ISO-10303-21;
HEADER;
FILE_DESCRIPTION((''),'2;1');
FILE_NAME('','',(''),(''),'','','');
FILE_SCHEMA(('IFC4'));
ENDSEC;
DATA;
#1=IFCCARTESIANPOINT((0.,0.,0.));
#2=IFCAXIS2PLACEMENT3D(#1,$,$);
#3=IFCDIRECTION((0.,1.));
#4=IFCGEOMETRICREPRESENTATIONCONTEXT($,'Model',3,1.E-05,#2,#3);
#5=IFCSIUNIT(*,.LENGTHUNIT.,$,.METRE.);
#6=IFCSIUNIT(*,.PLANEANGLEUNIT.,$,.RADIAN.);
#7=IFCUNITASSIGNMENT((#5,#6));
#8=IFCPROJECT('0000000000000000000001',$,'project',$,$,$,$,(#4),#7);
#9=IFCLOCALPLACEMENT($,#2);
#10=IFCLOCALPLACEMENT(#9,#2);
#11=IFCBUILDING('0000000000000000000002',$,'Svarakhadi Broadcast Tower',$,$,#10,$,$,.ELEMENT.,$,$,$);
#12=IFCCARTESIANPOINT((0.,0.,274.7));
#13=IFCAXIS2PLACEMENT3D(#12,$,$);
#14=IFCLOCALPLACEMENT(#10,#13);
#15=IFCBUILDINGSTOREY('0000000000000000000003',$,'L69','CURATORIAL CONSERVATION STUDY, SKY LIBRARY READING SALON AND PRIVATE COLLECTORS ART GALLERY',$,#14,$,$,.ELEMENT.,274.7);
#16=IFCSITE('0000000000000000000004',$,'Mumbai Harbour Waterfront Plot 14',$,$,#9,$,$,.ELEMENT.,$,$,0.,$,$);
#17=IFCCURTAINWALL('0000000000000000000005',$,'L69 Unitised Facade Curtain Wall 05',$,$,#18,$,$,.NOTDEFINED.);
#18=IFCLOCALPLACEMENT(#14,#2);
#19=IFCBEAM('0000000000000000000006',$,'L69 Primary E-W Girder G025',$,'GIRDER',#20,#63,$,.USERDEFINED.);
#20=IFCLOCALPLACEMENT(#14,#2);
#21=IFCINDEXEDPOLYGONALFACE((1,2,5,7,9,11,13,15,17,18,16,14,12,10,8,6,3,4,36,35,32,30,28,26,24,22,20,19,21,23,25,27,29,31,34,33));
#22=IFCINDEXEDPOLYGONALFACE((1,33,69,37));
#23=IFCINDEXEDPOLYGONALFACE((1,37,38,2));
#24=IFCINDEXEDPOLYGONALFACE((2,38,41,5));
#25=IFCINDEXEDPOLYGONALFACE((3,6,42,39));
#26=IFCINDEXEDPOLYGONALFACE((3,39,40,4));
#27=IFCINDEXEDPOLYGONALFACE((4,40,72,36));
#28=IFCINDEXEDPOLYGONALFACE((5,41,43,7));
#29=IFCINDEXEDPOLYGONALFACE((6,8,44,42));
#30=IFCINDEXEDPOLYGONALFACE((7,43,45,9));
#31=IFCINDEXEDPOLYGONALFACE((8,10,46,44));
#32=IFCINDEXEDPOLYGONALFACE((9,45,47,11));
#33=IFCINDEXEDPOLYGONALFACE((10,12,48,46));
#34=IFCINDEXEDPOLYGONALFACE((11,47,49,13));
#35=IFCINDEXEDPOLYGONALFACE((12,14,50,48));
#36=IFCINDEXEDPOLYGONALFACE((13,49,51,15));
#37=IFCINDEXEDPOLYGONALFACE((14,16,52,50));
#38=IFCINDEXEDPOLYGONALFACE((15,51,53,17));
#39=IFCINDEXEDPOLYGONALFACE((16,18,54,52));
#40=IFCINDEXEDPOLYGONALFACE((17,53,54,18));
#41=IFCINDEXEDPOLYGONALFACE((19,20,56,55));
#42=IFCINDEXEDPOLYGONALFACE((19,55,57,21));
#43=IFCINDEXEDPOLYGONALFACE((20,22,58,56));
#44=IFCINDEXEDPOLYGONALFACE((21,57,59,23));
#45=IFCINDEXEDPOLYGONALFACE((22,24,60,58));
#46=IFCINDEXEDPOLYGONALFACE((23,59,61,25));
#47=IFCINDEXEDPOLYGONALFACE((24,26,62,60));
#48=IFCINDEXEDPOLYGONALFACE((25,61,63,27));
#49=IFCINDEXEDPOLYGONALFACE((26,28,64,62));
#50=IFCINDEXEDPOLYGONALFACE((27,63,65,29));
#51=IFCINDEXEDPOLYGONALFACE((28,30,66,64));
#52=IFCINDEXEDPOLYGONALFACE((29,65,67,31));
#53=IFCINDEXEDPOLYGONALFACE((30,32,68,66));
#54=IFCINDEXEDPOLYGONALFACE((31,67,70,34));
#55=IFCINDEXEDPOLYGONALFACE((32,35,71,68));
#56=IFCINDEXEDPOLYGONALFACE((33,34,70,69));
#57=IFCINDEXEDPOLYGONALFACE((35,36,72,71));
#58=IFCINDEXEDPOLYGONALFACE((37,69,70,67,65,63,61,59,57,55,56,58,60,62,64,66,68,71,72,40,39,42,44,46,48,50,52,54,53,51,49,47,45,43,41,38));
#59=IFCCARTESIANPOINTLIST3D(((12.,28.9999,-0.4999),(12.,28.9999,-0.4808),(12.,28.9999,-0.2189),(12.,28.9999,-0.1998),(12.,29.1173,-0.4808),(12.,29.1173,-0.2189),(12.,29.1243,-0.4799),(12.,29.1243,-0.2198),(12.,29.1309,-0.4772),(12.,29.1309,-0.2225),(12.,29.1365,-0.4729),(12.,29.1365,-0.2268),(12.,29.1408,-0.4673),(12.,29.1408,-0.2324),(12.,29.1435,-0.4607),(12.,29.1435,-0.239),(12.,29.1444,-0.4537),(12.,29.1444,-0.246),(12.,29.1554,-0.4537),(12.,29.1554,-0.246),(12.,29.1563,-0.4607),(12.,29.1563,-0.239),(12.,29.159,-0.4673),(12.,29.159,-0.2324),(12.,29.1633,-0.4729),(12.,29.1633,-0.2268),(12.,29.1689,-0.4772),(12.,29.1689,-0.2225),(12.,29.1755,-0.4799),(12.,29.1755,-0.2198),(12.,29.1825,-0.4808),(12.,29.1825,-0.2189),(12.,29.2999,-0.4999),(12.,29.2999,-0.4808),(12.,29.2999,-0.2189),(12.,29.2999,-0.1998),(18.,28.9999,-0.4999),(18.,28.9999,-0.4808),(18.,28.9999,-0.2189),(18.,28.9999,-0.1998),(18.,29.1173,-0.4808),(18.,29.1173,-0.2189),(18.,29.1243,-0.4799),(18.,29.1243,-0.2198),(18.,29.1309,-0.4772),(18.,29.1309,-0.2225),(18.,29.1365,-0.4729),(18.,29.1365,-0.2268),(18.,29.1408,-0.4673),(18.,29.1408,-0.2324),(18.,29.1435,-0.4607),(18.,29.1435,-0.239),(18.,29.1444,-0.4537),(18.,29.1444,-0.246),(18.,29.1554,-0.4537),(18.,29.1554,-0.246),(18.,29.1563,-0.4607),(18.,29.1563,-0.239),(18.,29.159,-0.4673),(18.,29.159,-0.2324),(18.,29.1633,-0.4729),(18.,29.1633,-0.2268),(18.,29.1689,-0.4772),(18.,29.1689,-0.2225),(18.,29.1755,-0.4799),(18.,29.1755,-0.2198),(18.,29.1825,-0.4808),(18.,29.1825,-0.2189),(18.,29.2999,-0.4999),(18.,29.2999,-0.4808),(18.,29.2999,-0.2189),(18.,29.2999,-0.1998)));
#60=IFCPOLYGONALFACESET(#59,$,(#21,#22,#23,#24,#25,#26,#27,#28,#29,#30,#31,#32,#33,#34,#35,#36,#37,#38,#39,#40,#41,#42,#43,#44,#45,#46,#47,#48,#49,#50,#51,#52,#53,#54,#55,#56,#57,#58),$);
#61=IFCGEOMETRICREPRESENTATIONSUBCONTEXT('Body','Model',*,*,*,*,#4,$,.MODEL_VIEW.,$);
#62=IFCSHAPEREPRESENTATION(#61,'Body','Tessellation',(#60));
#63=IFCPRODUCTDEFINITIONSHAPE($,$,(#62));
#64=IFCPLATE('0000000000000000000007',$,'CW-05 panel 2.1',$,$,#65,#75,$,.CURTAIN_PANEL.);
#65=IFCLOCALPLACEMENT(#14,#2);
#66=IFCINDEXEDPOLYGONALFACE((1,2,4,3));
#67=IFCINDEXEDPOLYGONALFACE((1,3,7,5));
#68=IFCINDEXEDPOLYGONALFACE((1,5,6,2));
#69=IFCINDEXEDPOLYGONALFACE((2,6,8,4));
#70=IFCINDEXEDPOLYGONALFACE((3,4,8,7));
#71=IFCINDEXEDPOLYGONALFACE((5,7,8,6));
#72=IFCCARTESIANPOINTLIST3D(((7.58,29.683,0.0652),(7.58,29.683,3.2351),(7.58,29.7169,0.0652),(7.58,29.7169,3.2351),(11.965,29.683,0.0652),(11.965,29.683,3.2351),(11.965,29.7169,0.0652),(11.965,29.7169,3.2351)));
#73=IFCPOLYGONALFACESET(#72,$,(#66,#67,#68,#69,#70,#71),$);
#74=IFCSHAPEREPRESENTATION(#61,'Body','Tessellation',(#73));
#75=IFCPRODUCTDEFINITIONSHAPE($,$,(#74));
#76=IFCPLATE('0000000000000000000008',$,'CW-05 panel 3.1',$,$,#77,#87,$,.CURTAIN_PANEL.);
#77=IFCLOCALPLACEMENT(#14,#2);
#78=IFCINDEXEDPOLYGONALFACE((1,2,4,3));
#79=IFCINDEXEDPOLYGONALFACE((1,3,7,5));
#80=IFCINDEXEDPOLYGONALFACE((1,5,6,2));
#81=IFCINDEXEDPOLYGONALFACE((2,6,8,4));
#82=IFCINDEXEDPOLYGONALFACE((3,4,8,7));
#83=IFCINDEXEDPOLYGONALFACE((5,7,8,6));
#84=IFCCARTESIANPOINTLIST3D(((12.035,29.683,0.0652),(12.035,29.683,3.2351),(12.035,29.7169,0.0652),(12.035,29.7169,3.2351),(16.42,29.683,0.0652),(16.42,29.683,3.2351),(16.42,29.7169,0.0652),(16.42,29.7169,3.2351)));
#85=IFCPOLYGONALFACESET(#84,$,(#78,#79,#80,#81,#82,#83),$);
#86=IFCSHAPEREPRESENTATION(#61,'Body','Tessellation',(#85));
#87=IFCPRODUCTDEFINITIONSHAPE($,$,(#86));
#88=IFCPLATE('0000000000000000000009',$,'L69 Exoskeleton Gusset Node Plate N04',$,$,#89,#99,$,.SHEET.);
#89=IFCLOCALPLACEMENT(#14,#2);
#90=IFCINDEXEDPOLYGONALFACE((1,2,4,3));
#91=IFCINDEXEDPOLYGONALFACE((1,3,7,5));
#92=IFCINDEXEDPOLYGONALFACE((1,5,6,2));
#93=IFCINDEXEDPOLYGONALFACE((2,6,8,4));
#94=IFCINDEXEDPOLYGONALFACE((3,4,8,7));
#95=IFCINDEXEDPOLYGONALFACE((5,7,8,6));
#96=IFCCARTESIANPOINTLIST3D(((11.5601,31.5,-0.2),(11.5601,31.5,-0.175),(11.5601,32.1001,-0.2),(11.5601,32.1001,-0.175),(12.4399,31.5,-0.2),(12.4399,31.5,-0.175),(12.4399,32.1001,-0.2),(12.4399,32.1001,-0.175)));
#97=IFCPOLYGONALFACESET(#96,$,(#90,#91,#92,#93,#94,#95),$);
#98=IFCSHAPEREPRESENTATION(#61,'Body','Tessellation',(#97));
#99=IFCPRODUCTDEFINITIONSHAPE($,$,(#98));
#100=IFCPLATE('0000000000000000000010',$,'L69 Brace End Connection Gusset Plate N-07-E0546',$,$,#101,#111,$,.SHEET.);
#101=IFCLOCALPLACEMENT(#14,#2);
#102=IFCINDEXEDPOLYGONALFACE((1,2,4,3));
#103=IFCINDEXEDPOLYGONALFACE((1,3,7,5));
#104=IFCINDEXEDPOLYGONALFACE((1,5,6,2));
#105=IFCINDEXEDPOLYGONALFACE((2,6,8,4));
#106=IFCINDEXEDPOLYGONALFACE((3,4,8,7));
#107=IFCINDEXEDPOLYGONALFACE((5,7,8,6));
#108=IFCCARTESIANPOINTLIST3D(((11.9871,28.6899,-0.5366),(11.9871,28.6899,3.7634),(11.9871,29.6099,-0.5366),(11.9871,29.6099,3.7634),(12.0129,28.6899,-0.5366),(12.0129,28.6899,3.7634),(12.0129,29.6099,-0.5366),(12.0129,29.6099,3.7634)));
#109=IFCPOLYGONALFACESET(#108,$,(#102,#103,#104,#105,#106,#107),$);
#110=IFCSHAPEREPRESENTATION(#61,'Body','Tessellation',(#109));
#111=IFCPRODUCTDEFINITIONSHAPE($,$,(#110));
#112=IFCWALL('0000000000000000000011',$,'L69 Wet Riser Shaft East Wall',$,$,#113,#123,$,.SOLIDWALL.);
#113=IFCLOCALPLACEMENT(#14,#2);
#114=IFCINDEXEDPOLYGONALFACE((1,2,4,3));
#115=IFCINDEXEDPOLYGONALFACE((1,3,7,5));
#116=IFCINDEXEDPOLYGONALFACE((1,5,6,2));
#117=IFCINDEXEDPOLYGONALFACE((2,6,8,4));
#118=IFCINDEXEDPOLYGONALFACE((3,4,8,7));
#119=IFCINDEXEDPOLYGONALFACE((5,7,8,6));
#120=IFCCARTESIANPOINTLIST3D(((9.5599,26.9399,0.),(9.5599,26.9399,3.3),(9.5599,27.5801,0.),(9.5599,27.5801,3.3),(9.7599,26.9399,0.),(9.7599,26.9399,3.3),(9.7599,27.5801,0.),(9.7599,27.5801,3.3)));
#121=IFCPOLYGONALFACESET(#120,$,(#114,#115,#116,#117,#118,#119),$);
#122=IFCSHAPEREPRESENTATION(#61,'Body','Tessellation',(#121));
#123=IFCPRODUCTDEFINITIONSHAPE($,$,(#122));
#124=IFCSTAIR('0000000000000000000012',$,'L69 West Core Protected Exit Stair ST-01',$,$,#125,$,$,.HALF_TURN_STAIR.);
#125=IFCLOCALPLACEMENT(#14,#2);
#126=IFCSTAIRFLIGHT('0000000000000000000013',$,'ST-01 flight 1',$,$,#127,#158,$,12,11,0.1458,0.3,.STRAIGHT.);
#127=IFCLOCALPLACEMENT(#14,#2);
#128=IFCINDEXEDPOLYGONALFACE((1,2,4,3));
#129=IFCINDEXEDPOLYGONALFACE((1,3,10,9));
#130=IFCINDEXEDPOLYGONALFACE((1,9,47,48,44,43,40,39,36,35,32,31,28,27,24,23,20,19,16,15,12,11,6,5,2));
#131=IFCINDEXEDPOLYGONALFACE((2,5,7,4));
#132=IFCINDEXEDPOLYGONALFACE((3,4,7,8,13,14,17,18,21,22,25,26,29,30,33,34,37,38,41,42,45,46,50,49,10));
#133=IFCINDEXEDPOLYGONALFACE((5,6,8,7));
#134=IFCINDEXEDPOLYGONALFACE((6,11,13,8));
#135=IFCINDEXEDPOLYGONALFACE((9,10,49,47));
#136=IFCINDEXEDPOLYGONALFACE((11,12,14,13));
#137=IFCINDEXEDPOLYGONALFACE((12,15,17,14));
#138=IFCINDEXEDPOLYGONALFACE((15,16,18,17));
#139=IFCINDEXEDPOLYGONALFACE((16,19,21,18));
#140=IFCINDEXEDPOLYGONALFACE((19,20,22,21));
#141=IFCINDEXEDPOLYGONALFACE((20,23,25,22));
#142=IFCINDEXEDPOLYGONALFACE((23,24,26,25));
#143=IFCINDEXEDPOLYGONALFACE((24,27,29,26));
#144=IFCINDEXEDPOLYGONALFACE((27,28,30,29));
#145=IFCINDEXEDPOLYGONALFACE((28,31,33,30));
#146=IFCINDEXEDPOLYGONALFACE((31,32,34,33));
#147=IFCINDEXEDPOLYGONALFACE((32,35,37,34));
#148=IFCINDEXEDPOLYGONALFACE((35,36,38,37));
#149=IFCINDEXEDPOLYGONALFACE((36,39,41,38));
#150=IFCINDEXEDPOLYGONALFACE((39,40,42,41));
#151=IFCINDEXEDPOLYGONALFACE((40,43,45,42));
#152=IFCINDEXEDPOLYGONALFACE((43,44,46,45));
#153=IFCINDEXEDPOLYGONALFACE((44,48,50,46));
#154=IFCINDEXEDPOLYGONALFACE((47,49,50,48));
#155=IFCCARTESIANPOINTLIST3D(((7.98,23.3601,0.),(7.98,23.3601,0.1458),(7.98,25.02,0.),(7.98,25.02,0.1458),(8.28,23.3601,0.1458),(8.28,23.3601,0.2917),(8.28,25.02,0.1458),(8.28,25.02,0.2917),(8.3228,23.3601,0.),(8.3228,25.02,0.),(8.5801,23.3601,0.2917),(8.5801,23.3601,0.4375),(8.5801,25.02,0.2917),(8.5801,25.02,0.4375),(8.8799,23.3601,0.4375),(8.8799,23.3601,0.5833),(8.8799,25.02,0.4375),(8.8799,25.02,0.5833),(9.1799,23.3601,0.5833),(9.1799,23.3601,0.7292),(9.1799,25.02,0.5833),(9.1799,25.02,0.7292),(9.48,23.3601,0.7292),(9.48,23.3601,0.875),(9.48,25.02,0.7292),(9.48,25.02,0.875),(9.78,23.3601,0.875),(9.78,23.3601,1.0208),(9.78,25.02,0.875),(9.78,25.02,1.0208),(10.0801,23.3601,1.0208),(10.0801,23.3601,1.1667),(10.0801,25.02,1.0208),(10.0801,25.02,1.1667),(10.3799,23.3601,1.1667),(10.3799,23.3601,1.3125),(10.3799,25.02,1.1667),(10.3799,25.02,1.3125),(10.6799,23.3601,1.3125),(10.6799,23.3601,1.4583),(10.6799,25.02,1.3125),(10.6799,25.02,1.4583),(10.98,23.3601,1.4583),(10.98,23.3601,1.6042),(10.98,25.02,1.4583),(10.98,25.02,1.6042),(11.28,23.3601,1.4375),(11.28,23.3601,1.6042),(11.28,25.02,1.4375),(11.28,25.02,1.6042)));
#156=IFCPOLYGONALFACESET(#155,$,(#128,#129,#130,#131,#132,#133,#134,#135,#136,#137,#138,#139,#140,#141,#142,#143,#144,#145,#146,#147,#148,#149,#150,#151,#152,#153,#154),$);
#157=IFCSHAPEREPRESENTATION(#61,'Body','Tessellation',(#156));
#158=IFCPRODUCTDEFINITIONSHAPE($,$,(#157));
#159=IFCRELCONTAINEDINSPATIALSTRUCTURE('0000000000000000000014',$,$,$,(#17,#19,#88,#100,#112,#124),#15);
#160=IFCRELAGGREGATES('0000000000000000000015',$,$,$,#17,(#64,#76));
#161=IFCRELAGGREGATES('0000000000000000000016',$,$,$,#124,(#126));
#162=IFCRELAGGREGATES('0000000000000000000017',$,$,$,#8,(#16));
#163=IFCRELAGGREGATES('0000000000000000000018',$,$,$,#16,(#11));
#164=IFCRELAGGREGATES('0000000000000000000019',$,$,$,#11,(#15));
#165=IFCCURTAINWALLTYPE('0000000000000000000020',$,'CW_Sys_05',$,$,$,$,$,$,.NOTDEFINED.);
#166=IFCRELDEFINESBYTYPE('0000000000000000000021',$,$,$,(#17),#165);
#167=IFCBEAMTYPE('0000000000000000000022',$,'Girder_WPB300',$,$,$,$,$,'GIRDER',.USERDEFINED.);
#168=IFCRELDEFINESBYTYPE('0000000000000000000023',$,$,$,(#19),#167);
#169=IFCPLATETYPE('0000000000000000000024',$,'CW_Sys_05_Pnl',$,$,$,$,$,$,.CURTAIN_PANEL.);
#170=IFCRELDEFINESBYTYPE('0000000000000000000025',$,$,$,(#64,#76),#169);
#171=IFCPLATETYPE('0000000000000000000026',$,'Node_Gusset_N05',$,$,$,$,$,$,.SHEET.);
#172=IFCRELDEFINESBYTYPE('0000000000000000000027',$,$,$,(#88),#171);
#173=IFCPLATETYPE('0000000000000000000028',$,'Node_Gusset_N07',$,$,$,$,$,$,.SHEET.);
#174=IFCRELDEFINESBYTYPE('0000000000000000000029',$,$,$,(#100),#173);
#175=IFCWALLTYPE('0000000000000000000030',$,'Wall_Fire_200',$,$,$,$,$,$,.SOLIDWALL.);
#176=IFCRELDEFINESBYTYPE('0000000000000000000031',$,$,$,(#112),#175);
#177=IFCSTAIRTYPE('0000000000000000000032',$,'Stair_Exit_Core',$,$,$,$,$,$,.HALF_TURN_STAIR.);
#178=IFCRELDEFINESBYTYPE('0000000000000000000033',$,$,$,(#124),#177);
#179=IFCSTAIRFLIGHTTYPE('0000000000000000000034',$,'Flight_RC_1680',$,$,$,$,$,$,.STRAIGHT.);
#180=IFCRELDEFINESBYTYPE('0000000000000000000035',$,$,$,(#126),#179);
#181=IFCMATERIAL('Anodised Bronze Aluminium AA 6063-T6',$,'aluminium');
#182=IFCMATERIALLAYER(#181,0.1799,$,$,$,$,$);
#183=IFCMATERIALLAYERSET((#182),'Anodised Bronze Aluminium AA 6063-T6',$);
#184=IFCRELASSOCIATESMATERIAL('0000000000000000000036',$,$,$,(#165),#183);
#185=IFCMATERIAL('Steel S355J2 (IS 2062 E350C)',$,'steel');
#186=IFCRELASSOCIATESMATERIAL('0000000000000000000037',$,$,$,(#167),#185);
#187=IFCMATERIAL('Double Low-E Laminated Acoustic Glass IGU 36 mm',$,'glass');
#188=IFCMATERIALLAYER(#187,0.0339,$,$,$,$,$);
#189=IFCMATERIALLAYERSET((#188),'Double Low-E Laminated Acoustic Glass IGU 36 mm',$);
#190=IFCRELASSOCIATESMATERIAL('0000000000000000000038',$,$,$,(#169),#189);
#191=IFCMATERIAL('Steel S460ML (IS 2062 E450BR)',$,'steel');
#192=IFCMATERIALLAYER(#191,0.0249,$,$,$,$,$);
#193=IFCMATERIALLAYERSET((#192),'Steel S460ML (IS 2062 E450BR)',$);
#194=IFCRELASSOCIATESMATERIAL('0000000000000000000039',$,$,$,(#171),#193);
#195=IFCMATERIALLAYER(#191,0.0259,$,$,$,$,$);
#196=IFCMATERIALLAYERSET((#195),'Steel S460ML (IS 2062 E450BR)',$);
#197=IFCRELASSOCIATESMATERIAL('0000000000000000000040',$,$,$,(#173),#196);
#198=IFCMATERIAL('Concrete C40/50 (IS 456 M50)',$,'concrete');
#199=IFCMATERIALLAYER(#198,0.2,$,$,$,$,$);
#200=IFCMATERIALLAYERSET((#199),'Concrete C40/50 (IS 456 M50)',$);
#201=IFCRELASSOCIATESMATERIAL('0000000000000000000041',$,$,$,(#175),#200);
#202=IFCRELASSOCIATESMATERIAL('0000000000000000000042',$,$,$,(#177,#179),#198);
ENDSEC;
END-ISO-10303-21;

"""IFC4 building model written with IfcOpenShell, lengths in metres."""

from ifc_helpers import new_model, si_unit, direction, frame, frame_2d, origin, origin_2d, place, context, subcontext, project, spatial, polyline, rectangle, i_section, outline, extrude, material, layer, layer_set, material_profile, profile_set, type_object, element, aggregate, save


model = new_model("IFC4")

# Units and contexts
model_context = context("Model", 3, precision=1e-05, world=origin(), true_north=direction((0.0, 1.0)))
body_context = subcontext(model_context, "Body", "Model", "MODEL_VIEW")
ifc_project = project(units=[si_unit("LENGTHUNIT", "METRE"), si_unit("PLANEANGLEUNIT", "RADIAN")], contexts=[model_context])

# Site, building, storey
site_placement = place(None, origin())
site = spatial("IfcSite", under=ifc_project, at=site_placement, Name="Mumbai Harbour Waterfront Plot 14", CompositionType="ELEMENT", RefElevation=0.0)
building_placement = place(site_placement, origin())
building = spatial("IfcBuilding", under=site, at=building_placement, Name="Svarakhadi Broadcast Tower", CompositionType="ELEMENT")
storey_placement = place(building_placement, frame((0.0, 0.0, 274.7)))
storey = spatial("IfcBuildingStorey", under=building, at=storey_placement, Name="L69", Description="CURATORIAL CONSERVATION STUDY, SKY LIBRARY READING SALON AND PRIVATE COLLECTORS ART GALLERY", CompositionType="ELEMENT", Elevation=274.7)

# Shared definitions
ifc_material_1 = material(Name="Steel S460ML (IS 2062 E450BR)", Category="steel")

# Curtain wall
ifc_material_2 = material(Name="Anodised Bronze Aluminium AA 6063-T6", Category="aluminium")
ifc_layer_1 = layer(ifc_material_2, 0.1799)
ifc_layer_set_1 = layer_set([ifc_layer_1], Name="Anodised Bronze Aluminium AA 6063-T6")
curtain_wall_type = type_object("IfcCurtainWallType", Name="CW_Sys_05", PredefinedType="NOTDEFINED", material=ifc_layer_set_1)
curtain_wall_placement = place(storey_placement, origin())
curtain_wall = element("IfcCurtainWall", 1, at=curtain_wall_placement, inside=storey, type_object=curtain_wall_type, Name="L69 Unitised Facade Curtain Wall 05", PredefinedType="NOTDEFINED")

# Beam
ifc_material_3 = material(Name="Steel S355J2 (IS 2062 E350C)", Category="steel")
ifc_material_profile_1 = material_profile(ifc_material_3, i_section(OverallWidth=0.3, OverallDepth=0.3, WebThickness=0.011, FlangeThickness=0.019, FilletRadius=0.0271, at=origin_2d()), Name="WPB 300x300x117")
ifc_profile_set_1 = profile_set([ifc_material_profile_1], Name="Steel S355J2 (IS 2062 E350C)")
beam_type = type_object("IfcBeamType", Name="Girder_WPB300", ElementType="GIRDER", PredefinedType="USERDEFINED", material=ifc_profile_set_1)
beam_placement = place(storey_placement, frame((12.0, 29.1499, -0.3499), z_axis=(1.0, 0.0, 0.0), x_axis=(0.0, 1.0, 0.0)))
element("IfcBeam", 2, at=beam_placement, inside=storey, type_object=beam_type, Name="L69 Primary E-W Girder G025", ObjectType="GIRDER", PredefinedType="USERDEFINED", context=body_context, shape_type="SweptSolid", body=[
    extrude(i_section(OverallWidth=0.3, OverallDepth=0.3, WebThickness=0.011, FlangeThickness=0.019, FilletRadius=0.0271, at=origin_2d()), origin(), (0.0, 0.0, 1.0), 6.0),
])

# Plates
ifc_material_4 = material(Name="Double Low-E Laminated Acoustic Glass IGU 36 mm", Category="glass")
ifc_layer_2 = layer(ifc_material_4, 0.0339)
ifc_layer_set_2 = layer_set([ifc_layer_2], Name="Double Low-E Laminated Acoustic Glass IGU 36 mm")
plate_type_1 = type_object("IfcPlateType", Name="CW_Sys_05_Pnl", PredefinedType="CURTAIN_PANEL", material=ifc_layer_set_2)
plate_1_placement = place(storey_placement, frame((9.7725, 29.7, 0.0652), z_axis=(0.0, 0.0, 1.0), x_axis=(1.0, 0.0, 0.0)))
plate_1 = element("IfcPlate", 3, at=plate_1_placement, type_object=plate_type_1, Name="CW-05 panel 2.1", PredefinedType="CURTAIN_PANEL", context=body_context, shape_type="SweptSolid", body=[
    extrude(rectangle(XDim=4.385, YDim=0.0339, at=origin_2d()), origin(), (0.0, 0.0, 1.0), 3.1699),
])
plate_2_placement = place(storey_placement, frame((14.2275, 29.7, 0.0652), z_axis=(0.0, 0.0, 1.0), x_axis=(1.0, 0.0, 0.0)))
plate_2 = element("IfcPlate", 4, at=plate_2_placement, type_object=plate_type_1, Name="CW-05 panel 3.1", PredefinedType="CURTAIN_PANEL", context=body_context, shape_type="SweptSolid", body=[
    extrude(rectangle(XDim=4.385, YDim=0.0339, at=origin_2d()), origin(), (0.0, 0.0, 1.0), 3.1699),
])
aggregate(curtain_wall, [plate_1, plate_2])

# Plates
ifc_layer_3 = layer(ifc_material_1, 0.0249)
ifc_layer_set_3 = layer_set([ifc_layer_3], Name="Steel S460ML (IS 2062 E450BR)")
plate_type_2 = type_object("IfcPlateType", Name="Node_Gusset_N05", PredefinedType="SHEET", material=ifc_layer_set_3)
plate_3_placement = place(storey_placement, frame((12.0, 31.8, -0.2), z_axis=(0.0, 0.0, 1.0), x_axis=(1.0, 0.0, 0.0)))
element("IfcPlate", 5, at=plate_3_placement, inside=storey, type_object=plate_type_2, Name="L69 Exoskeleton Gusset Node Plate N04", PredefinedType="SHEET", context=body_context, shape_type="SweptSolid", body=[
    extrude(rectangle(XDim=0.8799, YDim=0.6001, at=origin_2d()), origin(), (0.0, 0.0, 1.0), 0.0249),
])
ifc_layer_4 = layer(ifc_material_1, 0.0259)
ifc_layer_set_4 = layer_set([ifc_layer_4], Name="Steel S460ML (IS 2062 E450BR)")
plate_type_3 = type_object("IfcPlateType", Name="Node_Gusset_N07", PredefinedType="SHEET", material=ifc_layer_set_4)
plate_4_placement = place(storey_placement, frame((12.0, 29.1499, -0.5366), z_axis=(0.0, 0.0, 1.0), x_axis=(0.0, 1.0, 0.0)))
element("IfcPlate", 6, at=plate_4_placement, inside=storey, type_object=plate_type_3, Name="L69 Brace End Connection Gusset Plate N-07-E0546", PredefinedType="SHEET", context=body_context, shape_type="SweptSolid", body=[
    extrude(rectangle(XDim=0.9199, YDim=0.0259, at=origin_2d()), origin(), (0.0, 0.0, 1.0), 4.3),
])

# Wall
ifc_material_5 = material(Name="Concrete C40/50 (IS 456 M50)", Category="concrete")
ifc_layer_5 = layer(ifc_material_5, 0.2)
ifc_layer_set_5 = layer_set([ifc_layer_5], Name="Concrete C40/50 (IS 456 M50)")
wall_type = type_object("IfcWallType", Name="Wall_Fire_200", PredefinedType="SOLIDWALL", material=ifc_layer_set_5)
wall_placement = place(storey_placement, frame((9.6599, 26.9399, 0.0), z_axis=(0.0, 0.0, 1.0), x_axis=(0.0, 1.0, 0.0)))
element("IfcWall", 7, at=wall_placement, inside=storey, type_object=wall_type, Name="L69 Wet Riser Shaft East Wall", PredefinedType="SOLIDWALL", context=body_context, shape_type="SweptSolid", body=[
    extrude(rectangle(XDim=0.6401, YDim=0.2, at=frame_2d((0.3201, 0.0))), origin(), (0.0, 0.0, 1.0), 3.3),
])

# Stair, stair flight
stair_type = type_object("IfcStairType", Name="Stair_Exit_Core", PredefinedType="HALF_TURN_STAIR", material=ifc_material_5)
stair_placement = place(storey_placement, origin())
stair = element("IfcStair", 8, at=stair_placement, inside=storey, type_object=stair_type, Name="L69 West Core Protected Exit Stair ST-01", PredefinedType="HALF_TURN_STAIR")
stair_flight_type = type_object("IfcStairFlightType", Name="Flight_RC_1680", PredefinedType="STRAIGHT", material=ifc_material_5)
stair_flight_1_placement = place(storey_placement, frame((7.98, 24.1899, 0.0), z_axis=(0.0, 0.0, 1.0), x_axis=(1.0, 0.0, 0.0)))
stair_flight_1 = element("IfcStairFlight", 9, at=stair_flight_1_placement, type_object=stair_flight_type, Name="ST-01 flight 1", NumberOfRisers=12, NumberOfTreads=11, PredefinedType="STRAIGHT", RiserHeight=0.1458, TreadLength=0.3, context=body_context, shape_type="SweptSolid", body=[
    extrude(outline(polyline([(0.0, 0.0), (0.0, 0.1458), (0.3, 0.1458), (0.3, 0.2917), (0.6001, 0.2917), (0.6001, 0.4375), (0.8999, 0.4375), (0.8999, 0.5833), (1.2, 0.5833), (1.2, 0.7292), (1.5, 0.7292), (1.5, 0.875), (1.8, 0.875), (1.8, 1.0208), (2.1001, 1.0208), (2.1001, 1.1667), (2.3999, 1.1667), (2.3999, 1.3125), (2.7, 1.3125), (2.7, 1.4583), (3.0, 1.4583), (3.0, 1.6042), (3.3, 1.6042), (3.3, 1.75), (3.3, 1.4375), (0.3428, 0.0), (0.0, 0.0)])), frame((0.0, 0.8301, 0.0), z_axis=(0.0, -1.0, 0.0), x_axis=(1.0, 0.0, 0.0)), (0.0, 0.0, 1.0), 1.6599),
])
aggregate(stair, [stair_flight_1])

save(model, "model.ifc")
